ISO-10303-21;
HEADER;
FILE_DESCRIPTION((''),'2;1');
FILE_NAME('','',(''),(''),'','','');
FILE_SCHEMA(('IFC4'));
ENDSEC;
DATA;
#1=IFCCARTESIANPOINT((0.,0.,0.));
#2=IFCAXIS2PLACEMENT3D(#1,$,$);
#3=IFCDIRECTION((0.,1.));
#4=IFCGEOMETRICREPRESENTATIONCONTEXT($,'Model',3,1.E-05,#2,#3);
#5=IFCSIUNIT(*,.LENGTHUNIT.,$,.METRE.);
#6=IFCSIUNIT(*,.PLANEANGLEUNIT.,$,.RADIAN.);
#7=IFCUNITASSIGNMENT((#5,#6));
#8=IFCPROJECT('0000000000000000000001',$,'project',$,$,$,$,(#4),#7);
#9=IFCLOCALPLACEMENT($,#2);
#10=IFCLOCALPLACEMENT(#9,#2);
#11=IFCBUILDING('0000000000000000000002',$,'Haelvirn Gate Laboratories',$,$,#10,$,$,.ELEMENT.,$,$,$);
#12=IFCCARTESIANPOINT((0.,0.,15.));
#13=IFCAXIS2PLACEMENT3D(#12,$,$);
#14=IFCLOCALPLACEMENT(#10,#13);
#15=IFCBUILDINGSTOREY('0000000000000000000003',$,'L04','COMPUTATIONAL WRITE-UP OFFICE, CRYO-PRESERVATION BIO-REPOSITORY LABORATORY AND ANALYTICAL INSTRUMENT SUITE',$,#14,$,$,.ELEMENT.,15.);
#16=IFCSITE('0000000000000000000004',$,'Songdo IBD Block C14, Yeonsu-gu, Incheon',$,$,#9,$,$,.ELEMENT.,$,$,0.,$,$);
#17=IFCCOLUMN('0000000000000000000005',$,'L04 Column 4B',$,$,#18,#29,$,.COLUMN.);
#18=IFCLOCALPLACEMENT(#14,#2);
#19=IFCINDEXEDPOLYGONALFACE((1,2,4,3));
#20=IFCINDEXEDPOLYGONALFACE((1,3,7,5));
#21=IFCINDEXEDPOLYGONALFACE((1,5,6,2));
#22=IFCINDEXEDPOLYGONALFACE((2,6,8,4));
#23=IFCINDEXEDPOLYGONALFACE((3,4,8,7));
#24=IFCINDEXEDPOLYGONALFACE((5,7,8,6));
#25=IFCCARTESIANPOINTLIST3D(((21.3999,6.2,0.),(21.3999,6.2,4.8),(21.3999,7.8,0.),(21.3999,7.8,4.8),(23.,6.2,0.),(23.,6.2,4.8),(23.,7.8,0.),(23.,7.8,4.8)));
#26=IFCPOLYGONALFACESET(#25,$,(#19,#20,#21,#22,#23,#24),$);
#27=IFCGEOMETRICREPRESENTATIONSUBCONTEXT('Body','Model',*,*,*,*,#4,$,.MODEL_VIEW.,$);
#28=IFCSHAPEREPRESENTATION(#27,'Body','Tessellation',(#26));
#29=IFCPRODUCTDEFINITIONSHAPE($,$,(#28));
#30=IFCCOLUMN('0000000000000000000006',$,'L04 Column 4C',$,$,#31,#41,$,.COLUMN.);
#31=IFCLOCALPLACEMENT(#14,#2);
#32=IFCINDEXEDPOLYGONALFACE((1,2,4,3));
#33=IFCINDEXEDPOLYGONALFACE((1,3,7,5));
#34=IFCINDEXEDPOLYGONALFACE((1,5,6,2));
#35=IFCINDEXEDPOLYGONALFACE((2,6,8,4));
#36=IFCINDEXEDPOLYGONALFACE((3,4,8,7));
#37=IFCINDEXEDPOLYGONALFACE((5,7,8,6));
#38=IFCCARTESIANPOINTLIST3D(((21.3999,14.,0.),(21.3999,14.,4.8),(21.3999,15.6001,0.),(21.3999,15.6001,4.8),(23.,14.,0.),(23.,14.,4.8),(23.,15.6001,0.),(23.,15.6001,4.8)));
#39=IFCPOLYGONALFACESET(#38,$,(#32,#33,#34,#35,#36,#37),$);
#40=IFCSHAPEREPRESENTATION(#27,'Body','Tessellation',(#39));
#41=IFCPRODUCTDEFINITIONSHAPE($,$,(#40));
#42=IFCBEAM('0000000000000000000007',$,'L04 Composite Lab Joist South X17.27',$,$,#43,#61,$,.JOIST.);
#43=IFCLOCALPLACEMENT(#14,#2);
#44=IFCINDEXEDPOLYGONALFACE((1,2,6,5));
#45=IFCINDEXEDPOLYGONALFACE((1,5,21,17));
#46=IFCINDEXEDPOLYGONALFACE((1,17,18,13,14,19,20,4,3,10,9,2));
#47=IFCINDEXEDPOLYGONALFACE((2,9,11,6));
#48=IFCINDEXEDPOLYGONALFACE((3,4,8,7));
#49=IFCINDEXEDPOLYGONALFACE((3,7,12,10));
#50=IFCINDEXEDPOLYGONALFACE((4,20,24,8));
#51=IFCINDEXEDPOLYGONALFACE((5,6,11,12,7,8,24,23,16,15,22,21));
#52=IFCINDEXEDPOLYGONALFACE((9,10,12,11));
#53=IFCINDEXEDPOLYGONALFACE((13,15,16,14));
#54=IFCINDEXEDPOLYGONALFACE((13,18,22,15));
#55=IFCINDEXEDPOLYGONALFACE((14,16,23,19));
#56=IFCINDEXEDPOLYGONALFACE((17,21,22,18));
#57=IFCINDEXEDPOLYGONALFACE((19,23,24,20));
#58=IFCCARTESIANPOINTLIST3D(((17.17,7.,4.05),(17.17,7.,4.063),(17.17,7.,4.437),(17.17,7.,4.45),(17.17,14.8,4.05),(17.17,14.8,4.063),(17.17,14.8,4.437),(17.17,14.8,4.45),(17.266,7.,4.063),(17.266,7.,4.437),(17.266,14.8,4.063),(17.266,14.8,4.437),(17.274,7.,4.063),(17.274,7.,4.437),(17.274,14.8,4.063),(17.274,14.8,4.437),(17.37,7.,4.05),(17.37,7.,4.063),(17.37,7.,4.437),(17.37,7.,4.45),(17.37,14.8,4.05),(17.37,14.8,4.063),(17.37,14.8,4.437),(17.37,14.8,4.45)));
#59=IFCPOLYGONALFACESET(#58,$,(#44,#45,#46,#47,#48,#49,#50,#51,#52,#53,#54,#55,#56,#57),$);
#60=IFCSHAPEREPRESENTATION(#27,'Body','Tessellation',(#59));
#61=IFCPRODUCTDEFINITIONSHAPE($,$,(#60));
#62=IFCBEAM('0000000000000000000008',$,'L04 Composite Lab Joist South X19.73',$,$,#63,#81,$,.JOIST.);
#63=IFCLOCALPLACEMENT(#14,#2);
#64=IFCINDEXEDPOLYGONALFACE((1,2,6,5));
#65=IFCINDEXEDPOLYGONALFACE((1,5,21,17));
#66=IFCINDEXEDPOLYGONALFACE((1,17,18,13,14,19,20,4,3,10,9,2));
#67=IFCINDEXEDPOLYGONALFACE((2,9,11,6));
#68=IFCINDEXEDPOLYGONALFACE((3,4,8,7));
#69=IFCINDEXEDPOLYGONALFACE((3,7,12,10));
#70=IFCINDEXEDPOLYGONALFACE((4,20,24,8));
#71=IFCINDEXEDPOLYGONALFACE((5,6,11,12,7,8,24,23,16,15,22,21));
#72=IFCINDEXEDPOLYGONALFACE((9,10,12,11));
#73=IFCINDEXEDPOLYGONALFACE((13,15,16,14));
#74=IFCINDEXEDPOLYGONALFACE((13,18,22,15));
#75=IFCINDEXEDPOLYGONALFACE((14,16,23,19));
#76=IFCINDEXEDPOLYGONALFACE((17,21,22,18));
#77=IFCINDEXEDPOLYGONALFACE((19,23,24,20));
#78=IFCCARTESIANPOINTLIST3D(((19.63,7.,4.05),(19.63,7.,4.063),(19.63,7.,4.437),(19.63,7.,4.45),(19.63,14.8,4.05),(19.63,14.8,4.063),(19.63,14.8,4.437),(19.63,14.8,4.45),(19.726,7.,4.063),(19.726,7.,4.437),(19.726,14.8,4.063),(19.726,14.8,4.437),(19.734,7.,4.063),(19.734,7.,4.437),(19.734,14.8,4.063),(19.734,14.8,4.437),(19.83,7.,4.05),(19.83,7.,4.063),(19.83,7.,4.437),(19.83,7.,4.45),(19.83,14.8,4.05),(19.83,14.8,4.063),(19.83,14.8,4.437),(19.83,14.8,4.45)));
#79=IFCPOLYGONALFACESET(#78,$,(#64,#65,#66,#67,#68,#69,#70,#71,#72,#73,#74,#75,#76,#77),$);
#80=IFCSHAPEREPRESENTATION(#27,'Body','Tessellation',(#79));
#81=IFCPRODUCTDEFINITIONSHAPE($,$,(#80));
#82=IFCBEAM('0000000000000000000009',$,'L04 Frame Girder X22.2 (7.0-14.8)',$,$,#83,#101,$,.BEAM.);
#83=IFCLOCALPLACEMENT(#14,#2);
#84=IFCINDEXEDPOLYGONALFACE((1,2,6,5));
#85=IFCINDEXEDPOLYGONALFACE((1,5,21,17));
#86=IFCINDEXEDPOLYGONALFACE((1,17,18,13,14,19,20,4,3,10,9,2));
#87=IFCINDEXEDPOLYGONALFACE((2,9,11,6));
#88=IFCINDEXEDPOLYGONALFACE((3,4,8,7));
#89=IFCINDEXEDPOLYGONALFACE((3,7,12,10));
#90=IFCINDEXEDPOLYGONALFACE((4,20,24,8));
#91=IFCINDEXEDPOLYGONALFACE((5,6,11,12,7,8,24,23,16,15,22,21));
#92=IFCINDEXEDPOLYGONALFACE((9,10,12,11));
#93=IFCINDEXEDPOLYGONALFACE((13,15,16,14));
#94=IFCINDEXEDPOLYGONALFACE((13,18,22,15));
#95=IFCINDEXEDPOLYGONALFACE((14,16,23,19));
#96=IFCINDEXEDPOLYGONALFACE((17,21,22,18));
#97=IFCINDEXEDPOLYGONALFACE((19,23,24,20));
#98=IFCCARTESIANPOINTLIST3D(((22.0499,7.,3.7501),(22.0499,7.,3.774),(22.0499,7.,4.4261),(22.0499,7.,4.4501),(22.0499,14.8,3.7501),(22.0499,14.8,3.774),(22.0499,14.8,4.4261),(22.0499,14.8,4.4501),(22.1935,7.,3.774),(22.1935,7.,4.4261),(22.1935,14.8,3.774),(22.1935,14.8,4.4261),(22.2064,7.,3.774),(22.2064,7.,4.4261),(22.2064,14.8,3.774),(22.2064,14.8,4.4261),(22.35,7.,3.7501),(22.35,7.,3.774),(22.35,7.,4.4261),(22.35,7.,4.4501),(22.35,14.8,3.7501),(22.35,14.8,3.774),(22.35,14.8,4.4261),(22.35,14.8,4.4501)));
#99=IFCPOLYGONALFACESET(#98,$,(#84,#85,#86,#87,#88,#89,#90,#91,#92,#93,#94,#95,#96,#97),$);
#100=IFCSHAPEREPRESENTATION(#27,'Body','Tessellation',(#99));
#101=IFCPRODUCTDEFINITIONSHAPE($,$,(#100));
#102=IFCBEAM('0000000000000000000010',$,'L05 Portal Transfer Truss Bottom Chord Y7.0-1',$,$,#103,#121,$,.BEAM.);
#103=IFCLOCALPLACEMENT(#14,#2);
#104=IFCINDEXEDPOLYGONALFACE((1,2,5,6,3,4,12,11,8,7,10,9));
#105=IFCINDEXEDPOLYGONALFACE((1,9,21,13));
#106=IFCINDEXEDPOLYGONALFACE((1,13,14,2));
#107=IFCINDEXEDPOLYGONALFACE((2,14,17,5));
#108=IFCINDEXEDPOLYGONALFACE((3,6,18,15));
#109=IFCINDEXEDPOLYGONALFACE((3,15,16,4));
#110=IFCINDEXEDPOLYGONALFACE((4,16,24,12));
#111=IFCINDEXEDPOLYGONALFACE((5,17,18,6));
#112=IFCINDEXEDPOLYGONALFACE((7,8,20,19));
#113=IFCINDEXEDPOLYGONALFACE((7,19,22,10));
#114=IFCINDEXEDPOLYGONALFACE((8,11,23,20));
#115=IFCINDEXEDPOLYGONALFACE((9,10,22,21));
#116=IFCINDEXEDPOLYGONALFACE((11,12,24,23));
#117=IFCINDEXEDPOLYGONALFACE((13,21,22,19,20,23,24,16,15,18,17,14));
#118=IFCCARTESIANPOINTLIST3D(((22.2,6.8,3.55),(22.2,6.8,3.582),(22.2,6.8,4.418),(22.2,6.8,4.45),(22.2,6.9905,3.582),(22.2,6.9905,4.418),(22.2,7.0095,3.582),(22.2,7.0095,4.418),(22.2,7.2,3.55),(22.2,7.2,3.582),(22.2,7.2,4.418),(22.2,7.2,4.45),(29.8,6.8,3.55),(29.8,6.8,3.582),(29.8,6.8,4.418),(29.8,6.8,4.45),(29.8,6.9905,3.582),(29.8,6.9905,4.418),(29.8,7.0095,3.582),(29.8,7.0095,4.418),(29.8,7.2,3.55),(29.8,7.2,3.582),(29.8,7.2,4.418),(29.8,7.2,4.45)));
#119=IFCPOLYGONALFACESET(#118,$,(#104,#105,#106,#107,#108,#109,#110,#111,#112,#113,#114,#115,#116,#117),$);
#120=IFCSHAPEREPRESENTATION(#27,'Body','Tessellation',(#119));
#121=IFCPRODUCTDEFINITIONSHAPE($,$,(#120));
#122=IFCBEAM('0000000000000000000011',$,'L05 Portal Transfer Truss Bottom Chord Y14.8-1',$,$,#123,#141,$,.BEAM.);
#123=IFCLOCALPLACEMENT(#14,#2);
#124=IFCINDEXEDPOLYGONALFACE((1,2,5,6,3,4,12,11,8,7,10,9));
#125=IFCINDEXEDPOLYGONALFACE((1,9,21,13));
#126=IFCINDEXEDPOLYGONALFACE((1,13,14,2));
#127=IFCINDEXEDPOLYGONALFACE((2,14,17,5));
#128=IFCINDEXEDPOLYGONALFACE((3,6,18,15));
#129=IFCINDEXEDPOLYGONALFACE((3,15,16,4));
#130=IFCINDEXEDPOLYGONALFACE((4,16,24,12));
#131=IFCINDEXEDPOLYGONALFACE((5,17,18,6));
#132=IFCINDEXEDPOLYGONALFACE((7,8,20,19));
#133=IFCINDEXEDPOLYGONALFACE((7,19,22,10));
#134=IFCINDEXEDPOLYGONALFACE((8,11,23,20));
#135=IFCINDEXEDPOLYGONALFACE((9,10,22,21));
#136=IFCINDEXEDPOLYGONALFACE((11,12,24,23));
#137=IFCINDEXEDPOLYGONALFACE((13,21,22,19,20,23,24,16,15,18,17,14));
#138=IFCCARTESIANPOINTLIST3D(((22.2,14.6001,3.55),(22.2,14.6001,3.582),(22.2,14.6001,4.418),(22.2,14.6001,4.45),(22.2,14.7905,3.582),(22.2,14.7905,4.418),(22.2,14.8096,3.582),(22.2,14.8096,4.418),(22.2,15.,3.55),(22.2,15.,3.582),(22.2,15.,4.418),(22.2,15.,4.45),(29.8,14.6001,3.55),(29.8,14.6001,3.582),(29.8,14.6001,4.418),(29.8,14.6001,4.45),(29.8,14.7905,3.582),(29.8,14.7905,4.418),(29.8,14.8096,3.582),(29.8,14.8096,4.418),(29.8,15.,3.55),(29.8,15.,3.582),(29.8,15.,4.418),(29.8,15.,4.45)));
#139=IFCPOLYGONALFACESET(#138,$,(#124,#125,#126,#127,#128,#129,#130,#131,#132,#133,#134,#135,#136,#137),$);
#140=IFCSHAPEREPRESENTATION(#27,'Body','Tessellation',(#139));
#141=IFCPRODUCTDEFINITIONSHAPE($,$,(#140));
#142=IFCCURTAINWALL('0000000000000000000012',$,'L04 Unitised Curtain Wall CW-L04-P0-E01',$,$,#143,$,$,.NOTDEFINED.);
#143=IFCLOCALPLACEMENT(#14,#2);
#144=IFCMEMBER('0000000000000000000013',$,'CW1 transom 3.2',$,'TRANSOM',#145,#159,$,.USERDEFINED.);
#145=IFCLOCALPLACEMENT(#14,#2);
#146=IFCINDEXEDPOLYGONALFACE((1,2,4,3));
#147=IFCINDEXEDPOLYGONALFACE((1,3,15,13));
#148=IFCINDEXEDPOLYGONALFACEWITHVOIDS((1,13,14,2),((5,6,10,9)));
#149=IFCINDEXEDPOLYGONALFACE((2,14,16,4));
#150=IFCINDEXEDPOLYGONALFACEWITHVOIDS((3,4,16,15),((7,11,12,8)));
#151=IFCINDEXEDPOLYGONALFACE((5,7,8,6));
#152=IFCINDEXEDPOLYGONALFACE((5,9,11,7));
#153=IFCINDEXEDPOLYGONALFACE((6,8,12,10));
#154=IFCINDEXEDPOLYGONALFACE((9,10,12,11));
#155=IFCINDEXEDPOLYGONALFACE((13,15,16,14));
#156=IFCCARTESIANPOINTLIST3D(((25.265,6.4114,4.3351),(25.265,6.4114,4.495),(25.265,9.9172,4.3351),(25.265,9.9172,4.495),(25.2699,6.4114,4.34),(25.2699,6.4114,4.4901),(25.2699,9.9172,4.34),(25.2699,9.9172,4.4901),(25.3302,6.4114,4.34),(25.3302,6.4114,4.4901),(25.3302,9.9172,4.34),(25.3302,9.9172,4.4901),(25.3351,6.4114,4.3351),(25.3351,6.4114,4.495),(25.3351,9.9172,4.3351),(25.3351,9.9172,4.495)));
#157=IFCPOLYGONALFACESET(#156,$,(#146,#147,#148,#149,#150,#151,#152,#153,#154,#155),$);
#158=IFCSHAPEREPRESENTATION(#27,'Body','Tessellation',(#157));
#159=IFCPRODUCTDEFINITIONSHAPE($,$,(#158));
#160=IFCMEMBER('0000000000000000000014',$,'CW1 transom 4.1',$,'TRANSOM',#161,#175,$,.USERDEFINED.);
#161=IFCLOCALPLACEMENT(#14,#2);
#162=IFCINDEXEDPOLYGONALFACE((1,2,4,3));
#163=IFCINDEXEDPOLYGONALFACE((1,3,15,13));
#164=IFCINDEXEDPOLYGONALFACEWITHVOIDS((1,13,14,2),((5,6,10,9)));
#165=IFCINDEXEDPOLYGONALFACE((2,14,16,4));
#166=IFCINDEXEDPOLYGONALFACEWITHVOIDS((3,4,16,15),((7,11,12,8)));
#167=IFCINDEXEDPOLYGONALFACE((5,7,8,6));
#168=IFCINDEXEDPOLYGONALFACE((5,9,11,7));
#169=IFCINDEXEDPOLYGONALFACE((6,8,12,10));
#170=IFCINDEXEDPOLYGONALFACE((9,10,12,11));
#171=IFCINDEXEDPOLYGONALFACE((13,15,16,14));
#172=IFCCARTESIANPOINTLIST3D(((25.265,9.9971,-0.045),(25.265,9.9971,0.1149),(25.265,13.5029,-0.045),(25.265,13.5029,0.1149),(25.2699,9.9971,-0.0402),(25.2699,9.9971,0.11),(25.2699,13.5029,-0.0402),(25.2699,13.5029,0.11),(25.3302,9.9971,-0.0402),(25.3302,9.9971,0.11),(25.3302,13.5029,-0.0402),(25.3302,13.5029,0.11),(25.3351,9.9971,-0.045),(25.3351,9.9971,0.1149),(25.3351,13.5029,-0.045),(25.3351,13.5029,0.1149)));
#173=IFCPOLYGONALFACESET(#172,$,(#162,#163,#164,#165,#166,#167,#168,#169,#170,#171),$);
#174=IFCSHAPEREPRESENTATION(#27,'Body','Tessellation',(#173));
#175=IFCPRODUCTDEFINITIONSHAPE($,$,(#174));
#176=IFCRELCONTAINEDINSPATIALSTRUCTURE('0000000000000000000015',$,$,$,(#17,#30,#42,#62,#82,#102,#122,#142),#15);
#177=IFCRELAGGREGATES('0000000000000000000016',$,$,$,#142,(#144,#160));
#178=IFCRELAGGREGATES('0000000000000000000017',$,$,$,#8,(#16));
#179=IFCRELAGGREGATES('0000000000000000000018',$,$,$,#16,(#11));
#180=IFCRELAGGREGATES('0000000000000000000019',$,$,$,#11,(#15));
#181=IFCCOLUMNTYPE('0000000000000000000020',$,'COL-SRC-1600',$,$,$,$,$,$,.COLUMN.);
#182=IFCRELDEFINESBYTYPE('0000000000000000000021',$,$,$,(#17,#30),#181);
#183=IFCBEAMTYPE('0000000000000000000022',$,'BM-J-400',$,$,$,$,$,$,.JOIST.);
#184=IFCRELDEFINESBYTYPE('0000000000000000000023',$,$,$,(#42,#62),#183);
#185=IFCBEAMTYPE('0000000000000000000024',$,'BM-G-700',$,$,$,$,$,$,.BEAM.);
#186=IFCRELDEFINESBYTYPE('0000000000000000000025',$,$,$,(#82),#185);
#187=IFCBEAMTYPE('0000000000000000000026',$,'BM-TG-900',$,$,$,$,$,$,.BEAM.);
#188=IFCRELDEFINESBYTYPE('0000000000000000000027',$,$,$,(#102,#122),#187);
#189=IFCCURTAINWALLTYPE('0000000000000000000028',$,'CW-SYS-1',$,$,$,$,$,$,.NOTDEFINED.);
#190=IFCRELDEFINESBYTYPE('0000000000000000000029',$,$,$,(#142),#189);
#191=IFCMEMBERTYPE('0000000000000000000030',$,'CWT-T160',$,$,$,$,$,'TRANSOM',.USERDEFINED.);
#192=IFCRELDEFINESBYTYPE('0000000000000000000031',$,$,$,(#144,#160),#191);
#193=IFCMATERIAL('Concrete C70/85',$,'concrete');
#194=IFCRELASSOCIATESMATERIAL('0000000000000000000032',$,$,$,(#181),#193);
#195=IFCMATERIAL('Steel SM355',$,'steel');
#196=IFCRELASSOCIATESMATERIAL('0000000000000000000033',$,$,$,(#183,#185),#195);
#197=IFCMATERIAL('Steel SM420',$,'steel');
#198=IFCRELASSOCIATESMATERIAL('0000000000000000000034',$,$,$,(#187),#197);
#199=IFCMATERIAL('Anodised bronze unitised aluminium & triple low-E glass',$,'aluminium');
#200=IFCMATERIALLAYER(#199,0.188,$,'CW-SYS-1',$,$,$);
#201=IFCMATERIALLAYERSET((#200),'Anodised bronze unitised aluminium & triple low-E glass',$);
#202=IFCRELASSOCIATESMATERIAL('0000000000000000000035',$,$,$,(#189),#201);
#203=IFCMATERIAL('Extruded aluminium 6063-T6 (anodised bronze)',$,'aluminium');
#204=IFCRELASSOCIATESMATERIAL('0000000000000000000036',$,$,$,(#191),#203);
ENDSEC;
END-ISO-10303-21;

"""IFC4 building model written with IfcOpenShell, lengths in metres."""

from ifc_helpers import new_model, si_unit, direction, frame, origin, origin_2d, place, context, subcontext, project, spatial, rectangle, hollow_rectangle, i_section, extrude, source, transform, mapped, material, layer, layer_set, material_profile, profile_set, type_object, type_shapes, element, aggregate, save


model = new_model("IFC4")

# Units and contexts
model_context = context("Model", 3, precision=1e-05, world=origin(), true_north=direction((0.0, 1.0)))
body_context = subcontext(model_context, "Body", "Model", "MODEL_VIEW")
ifc_project = project(units=[si_unit("LENGTHUNIT", "METRE"), si_unit("PLANEANGLEUNIT", "RADIAN")], contexts=[model_context])

# Site, building, storey
site_placement = place(None, origin())
site = spatial("IfcSite", under=ifc_project, at=site_placement, Name="Songdo IBD Block C14, Yeonsu-gu, Incheon", CompositionType="ELEMENT", RefElevation=0.0)
building_placement = place(site_placement, origin())
building = spatial("IfcBuilding", under=site, at=building_placement, Name="Haelvirn Gate Laboratories", CompositionType="ELEMENT")
storey_placement = place(building_placement, frame((0.0, 0.0, 15.0)))
storey = spatial("IfcBuildingStorey", under=building, at=storey_placement, Name="L04", Description="COMPUTATIONAL WRITE-UP OFFICE, CRYO-PRESERVATION BIO-REPOSITORY LABORATORY AND ANALYTICAL INSTRUMENT SUITE", CompositionType="ELEMENT", Elevation=15.0)

# Columns
ifc_material_1 = material(Name="Concrete C70/85", Category="concrete")
ifc_material_profile_1 = material_profile(ifc_material_1, rectangle(XDim=1.6001, YDim=1.6001, at=origin_2d()), Name="SRC-1600x1600")
ifc_profile_set_1 = profile_set([ifc_material_profile_1], Name="Concrete C70/85")
column_type = type_object("IfcColumnType", Name="COL-SRC-1600", PredefinedType="COLUMN", material=ifc_profile_set_1)
shared_shape_1 = source(origin(), body_context, "Body", "SweptSolid", [
    extrude(rectangle(XDim=1.6001, YDim=1.6001, at=origin_2d()), origin(), (0.0, 0.0, 1.0), 4.8),
])
type_shapes(column_type, [shared_shape_1])
for number, where, z_axis, x_axis, name in (
    (1, (22.2, 7.0, 0.0), (0.0, 0.0, 1.0), (1.0, 0.0, 0.0), "L04 Column 4B"),
    (2, (22.2, 14.8, 0.0), (0.0, 0.0, 1.0), (1.0, 0.0, 0.0), "L04 Column 4C"),
):
    element("IfcColumn", number, at=place(storey_placement, frame(where, z_axis=z_axis, x_axis=x_axis)), inside=storey, type_object=column_type, Name=name, PredefinedType="COLUMN", context=body_context, shape_type="MappedRepresentation", body=[
        mapped(shared_shape_1, transform((0.0, 0.0, 0.0), scale=1.0)),
    ])

# Beams
ifc_material_2 = material(Name="Steel SM355", Category="steel")
ifc_material_profile_2 = material_profile(ifc_material_2, i_section(OverallWidth=0.2, OverallDepth=0.3999, WebThickness=0.0081, FlangeThickness=0.0129, at=origin_2d()), Name="H-400x200x8x13")
ifc_profile_set_2 = profile_set([ifc_material_profile_2], Name="Steel SM355")
beam_type_1 = type_object("IfcBeamType", Name="BM-J-400", PredefinedType="JOIST", material=ifc_profile_set_2)
shared_shape_2 = source(origin(), body_context, "Body", "SweptSolid", [
    extrude(i_section(OverallWidth=0.2, OverallDepth=0.3999, WebThickness=0.0081, FlangeThickness=0.0129, at=origin_2d()), origin(), (0.0, 0.0, 1.0), 7.8),
])
type_shapes(beam_type_1, [shared_shape_2])
for number, where, z_axis, x_axis, name in (
    (3, (17.27, 7.0, 4.25), (0.0, 1.0, 0.0), (-1.0, 0.0, 0.0), "L04 Composite Lab Joist South X17.27"),
    (4, (19.73, 7.0, 4.25), (0.0, 1.0, 0.0), (-1.0, 0.0, 0.0), "L04 Composite Lab Joist South X19.73"),
):
    element("IfcBeam", number, at=place(storey_placement, frame(where, z_axis=z_axis, x_axis=x_axis)), inside=storey, type_object=beam_type_1, Name=name, PredefinedType="JOIST", context=body_context, shape_type="MappedRepresentation", body=[
        mapped(shared_shape_2, transform((0.0, 0.0, 0.0), scale=1.0)),
    ])
ifc_material_profile_3 = material_profile(ifc_material_2, i_section(OverallWidth=0.3, OverallDepth=0.7, WebThickness=0.0129, FlangeThickness=0.0239, at=origin_2d()), Name="H-700x300x13x24")
ifc_profile_set_3 = profile_set([ifc_material_profile_3], Name="Steel SM355")
beam_type_2 = type_object("IfcBeamType", Name="BM-G-700", PredefinedType="BEAM", material=ifc_profile_set_3)
shared_shape_3 = source(origin(), body_context, "Body", "SweptSolid", [
    extrude(i_section(OverallWidth=0.3, OverallDepth=0.7, WebThickness=0.0129, FlangeThickness=0.0239, at=origin_2d()), origin(), (0.0, 0.0, 1.0), 7.8),
])
type_shapes(beam_type_2, [shared_shape_3])
beam_placement = place(storey_placement, frame((22.2, 7.0, 4.1001), z_axis=(0.0, 1.0, 0.0), x_axis=(-1.0, 0.0, 0.0)))
element("IfcBeam", 5, at=beam_placement, inside=storey, type_object=beam_type_2, Name="L04 Frame Girder X22.2 (7.0-14.8)", PredefinedType="BEAM", context=body_context, shape_type="MappedRepresentation", body=[
    mapped(shared_shape_3, transform((0.0, 0.0, 0.0), scale=1.0)),
])
ifc_material_3 = material(Name="Steel SM420", Category="steel")
ifc_material_profile_4 = material_profile(ifc_material_3, i_section(OverallWidth=0.3999, OverallDepth=0.8999, WebThickness=0.019, FlangeThickness=0.032, at=origin_2d()), Name="H-900x400x19x32")
ifc_profile_set_4 = profile_set([ifc_material_profile_4], Name="Steel SM420")
beam_type_3 = type_object("IfcBeamType", Name="BM-TG-900", PredefinedType="BEAM", material=ifc_profile_set_4)
shared_shape_4 = source(origin(), body_context, "Body", "SweptSolid", [
    extrude(i_section(OverallWidth=0.3999, OverallDepth=0.8999, WebThickness=0.019, FlangeThickness=0.032, at=origin_2d()), origin(), (0.0, 0.0, 1.0), 7.6001),
])
type_shapes(beam_type_3, [shared_shape_4])
for number, where, z_axis, x_axis, name in (
    (6, (22.2, 7.0, 4.0), (1.0, 0.0, 0.0), (0.0, 1.0, 0.0), "L05 Portal Transfer Truss Bottom Chord Y7.0-1"),
    (7, (22.2, 14.8, 4.0), (1.0, 0.0, 0.0), (0.0, 1.0, 0.0), "L05 Portal Transfer Truss Bottom Chord Y14.8-1"),
):
    element("IfcBeam", number, at=place(storey_placement, frame(where, z_axis=z_axis, x_axis=x_axis)), inside=storey, type_object=beam_type_3, Name=name, PredefinedType="BEAM", context=body_context, shape_type="MappedRepresentation", body=[
        mapped(shared_shape_4, transform((0.0, 0.0, 0.0), scale=1.0)),
    ])

# Curtain wall, members
ifc_material_4 = material(Name="Anodised bronze unitised aluminium & triple low-E glass", Category="aluminium")
ifc_layer_1 = layer(ifc_material_4, 0.188, Name="CW-SYS-1")
ifc_layer_set_1 = layer_set([ifc_layer_1], Name="Anodised bronze unitised aluminium & triple low-E glass")
curtain_wall_type = type_object("IfcCurtainWallType", Name="CW-SYS-1", PredefinedType="NOTDEFINED", material=ifc_layer_set_1)
curtain_wall_placement = place(storey_placement, origin())
curtain_wall = element("IfcCurtainWall", 8, at=curtain_wall_placement, inside=storey, type_object=curtain_wall_type, Name="L04 Unitised Curtain Wall CW-L04-P0-E01", PredefinedType="NOTDEFINED")
ifc_material_5 = material(Name="Extruded aluminium 6063-T6 (anodised bronze)", Category="aluminium")
ifc_material_profile_5 = material_profile(ifc_material_5, hollow_rectangle(XDim=0.0701, YDim=0.1599, WallThickness=0.0049, at=origin_2d()), Name="CWT-160x70x5")
ifc_profile_set_5 = profile_set([ifc_material_profile_5], Name="Extruded aluminium 6063-T6 (anodised bronze)")
member_type_1 = type_object("IfcMemberType", Name="CWT-T160", ElementType="TRANSOM", PredefinedType="USERDEFINED", material=ifc_profile_set_5)
shared_shape_5 = source(origin(), body_context, "Body", "SweptSolid", [
    extrude(hollow_rectangle(XDim=0.0701, YDim=0.1599, WallThickness=0.0049, at=origin_2d()), origin(), (0.0, 0.0, 1.0), 3.5059),
])
type_shapes(member_type_1, [shared_shape_5])
member_1_placement = place(storey_placement, frame((25.3, 6.4114, 4.415), z_axis=(0.0, 1.0, 0.0), x_axis=(-1.0, 0.0, 0.0)))
member_1 = element("IfcMember", 9, at=member_1_placement, type_object=member_type_1, Name="CW1 transom 3.2", ObjectType="TRANSOM", PredefinedType="USERDEFINED", context=body_context, shape_type="MappedRepresentation", body=[
    mapped(shared_shape_5, transform((0.0, 0.0, 0.0), scale=1.0)),
])
member_2_placement = place(storey_placement, frame((25.3, 9.9971, 0.0349), z_axis=(0.0, 1.0, 0.0), x_axis=(-1.0, 0.0, 0.0)))
member_2 = element("IfcMember", 10, at=member_2_placement, type_object=member_type_1, Name="CW1 transom 4.1", ObjectType="TRANSOM", PredefinedType="USERDEFINED", context=body_context, shape_type="MappedRepresentation", body=[
    mapped(shared_shape_5, transform((0.0, 0.0, 0.0), scale=1.0)),
])
aggregate(curtain_wall, [member_1, member_2])

save(model, "model.ifc")
